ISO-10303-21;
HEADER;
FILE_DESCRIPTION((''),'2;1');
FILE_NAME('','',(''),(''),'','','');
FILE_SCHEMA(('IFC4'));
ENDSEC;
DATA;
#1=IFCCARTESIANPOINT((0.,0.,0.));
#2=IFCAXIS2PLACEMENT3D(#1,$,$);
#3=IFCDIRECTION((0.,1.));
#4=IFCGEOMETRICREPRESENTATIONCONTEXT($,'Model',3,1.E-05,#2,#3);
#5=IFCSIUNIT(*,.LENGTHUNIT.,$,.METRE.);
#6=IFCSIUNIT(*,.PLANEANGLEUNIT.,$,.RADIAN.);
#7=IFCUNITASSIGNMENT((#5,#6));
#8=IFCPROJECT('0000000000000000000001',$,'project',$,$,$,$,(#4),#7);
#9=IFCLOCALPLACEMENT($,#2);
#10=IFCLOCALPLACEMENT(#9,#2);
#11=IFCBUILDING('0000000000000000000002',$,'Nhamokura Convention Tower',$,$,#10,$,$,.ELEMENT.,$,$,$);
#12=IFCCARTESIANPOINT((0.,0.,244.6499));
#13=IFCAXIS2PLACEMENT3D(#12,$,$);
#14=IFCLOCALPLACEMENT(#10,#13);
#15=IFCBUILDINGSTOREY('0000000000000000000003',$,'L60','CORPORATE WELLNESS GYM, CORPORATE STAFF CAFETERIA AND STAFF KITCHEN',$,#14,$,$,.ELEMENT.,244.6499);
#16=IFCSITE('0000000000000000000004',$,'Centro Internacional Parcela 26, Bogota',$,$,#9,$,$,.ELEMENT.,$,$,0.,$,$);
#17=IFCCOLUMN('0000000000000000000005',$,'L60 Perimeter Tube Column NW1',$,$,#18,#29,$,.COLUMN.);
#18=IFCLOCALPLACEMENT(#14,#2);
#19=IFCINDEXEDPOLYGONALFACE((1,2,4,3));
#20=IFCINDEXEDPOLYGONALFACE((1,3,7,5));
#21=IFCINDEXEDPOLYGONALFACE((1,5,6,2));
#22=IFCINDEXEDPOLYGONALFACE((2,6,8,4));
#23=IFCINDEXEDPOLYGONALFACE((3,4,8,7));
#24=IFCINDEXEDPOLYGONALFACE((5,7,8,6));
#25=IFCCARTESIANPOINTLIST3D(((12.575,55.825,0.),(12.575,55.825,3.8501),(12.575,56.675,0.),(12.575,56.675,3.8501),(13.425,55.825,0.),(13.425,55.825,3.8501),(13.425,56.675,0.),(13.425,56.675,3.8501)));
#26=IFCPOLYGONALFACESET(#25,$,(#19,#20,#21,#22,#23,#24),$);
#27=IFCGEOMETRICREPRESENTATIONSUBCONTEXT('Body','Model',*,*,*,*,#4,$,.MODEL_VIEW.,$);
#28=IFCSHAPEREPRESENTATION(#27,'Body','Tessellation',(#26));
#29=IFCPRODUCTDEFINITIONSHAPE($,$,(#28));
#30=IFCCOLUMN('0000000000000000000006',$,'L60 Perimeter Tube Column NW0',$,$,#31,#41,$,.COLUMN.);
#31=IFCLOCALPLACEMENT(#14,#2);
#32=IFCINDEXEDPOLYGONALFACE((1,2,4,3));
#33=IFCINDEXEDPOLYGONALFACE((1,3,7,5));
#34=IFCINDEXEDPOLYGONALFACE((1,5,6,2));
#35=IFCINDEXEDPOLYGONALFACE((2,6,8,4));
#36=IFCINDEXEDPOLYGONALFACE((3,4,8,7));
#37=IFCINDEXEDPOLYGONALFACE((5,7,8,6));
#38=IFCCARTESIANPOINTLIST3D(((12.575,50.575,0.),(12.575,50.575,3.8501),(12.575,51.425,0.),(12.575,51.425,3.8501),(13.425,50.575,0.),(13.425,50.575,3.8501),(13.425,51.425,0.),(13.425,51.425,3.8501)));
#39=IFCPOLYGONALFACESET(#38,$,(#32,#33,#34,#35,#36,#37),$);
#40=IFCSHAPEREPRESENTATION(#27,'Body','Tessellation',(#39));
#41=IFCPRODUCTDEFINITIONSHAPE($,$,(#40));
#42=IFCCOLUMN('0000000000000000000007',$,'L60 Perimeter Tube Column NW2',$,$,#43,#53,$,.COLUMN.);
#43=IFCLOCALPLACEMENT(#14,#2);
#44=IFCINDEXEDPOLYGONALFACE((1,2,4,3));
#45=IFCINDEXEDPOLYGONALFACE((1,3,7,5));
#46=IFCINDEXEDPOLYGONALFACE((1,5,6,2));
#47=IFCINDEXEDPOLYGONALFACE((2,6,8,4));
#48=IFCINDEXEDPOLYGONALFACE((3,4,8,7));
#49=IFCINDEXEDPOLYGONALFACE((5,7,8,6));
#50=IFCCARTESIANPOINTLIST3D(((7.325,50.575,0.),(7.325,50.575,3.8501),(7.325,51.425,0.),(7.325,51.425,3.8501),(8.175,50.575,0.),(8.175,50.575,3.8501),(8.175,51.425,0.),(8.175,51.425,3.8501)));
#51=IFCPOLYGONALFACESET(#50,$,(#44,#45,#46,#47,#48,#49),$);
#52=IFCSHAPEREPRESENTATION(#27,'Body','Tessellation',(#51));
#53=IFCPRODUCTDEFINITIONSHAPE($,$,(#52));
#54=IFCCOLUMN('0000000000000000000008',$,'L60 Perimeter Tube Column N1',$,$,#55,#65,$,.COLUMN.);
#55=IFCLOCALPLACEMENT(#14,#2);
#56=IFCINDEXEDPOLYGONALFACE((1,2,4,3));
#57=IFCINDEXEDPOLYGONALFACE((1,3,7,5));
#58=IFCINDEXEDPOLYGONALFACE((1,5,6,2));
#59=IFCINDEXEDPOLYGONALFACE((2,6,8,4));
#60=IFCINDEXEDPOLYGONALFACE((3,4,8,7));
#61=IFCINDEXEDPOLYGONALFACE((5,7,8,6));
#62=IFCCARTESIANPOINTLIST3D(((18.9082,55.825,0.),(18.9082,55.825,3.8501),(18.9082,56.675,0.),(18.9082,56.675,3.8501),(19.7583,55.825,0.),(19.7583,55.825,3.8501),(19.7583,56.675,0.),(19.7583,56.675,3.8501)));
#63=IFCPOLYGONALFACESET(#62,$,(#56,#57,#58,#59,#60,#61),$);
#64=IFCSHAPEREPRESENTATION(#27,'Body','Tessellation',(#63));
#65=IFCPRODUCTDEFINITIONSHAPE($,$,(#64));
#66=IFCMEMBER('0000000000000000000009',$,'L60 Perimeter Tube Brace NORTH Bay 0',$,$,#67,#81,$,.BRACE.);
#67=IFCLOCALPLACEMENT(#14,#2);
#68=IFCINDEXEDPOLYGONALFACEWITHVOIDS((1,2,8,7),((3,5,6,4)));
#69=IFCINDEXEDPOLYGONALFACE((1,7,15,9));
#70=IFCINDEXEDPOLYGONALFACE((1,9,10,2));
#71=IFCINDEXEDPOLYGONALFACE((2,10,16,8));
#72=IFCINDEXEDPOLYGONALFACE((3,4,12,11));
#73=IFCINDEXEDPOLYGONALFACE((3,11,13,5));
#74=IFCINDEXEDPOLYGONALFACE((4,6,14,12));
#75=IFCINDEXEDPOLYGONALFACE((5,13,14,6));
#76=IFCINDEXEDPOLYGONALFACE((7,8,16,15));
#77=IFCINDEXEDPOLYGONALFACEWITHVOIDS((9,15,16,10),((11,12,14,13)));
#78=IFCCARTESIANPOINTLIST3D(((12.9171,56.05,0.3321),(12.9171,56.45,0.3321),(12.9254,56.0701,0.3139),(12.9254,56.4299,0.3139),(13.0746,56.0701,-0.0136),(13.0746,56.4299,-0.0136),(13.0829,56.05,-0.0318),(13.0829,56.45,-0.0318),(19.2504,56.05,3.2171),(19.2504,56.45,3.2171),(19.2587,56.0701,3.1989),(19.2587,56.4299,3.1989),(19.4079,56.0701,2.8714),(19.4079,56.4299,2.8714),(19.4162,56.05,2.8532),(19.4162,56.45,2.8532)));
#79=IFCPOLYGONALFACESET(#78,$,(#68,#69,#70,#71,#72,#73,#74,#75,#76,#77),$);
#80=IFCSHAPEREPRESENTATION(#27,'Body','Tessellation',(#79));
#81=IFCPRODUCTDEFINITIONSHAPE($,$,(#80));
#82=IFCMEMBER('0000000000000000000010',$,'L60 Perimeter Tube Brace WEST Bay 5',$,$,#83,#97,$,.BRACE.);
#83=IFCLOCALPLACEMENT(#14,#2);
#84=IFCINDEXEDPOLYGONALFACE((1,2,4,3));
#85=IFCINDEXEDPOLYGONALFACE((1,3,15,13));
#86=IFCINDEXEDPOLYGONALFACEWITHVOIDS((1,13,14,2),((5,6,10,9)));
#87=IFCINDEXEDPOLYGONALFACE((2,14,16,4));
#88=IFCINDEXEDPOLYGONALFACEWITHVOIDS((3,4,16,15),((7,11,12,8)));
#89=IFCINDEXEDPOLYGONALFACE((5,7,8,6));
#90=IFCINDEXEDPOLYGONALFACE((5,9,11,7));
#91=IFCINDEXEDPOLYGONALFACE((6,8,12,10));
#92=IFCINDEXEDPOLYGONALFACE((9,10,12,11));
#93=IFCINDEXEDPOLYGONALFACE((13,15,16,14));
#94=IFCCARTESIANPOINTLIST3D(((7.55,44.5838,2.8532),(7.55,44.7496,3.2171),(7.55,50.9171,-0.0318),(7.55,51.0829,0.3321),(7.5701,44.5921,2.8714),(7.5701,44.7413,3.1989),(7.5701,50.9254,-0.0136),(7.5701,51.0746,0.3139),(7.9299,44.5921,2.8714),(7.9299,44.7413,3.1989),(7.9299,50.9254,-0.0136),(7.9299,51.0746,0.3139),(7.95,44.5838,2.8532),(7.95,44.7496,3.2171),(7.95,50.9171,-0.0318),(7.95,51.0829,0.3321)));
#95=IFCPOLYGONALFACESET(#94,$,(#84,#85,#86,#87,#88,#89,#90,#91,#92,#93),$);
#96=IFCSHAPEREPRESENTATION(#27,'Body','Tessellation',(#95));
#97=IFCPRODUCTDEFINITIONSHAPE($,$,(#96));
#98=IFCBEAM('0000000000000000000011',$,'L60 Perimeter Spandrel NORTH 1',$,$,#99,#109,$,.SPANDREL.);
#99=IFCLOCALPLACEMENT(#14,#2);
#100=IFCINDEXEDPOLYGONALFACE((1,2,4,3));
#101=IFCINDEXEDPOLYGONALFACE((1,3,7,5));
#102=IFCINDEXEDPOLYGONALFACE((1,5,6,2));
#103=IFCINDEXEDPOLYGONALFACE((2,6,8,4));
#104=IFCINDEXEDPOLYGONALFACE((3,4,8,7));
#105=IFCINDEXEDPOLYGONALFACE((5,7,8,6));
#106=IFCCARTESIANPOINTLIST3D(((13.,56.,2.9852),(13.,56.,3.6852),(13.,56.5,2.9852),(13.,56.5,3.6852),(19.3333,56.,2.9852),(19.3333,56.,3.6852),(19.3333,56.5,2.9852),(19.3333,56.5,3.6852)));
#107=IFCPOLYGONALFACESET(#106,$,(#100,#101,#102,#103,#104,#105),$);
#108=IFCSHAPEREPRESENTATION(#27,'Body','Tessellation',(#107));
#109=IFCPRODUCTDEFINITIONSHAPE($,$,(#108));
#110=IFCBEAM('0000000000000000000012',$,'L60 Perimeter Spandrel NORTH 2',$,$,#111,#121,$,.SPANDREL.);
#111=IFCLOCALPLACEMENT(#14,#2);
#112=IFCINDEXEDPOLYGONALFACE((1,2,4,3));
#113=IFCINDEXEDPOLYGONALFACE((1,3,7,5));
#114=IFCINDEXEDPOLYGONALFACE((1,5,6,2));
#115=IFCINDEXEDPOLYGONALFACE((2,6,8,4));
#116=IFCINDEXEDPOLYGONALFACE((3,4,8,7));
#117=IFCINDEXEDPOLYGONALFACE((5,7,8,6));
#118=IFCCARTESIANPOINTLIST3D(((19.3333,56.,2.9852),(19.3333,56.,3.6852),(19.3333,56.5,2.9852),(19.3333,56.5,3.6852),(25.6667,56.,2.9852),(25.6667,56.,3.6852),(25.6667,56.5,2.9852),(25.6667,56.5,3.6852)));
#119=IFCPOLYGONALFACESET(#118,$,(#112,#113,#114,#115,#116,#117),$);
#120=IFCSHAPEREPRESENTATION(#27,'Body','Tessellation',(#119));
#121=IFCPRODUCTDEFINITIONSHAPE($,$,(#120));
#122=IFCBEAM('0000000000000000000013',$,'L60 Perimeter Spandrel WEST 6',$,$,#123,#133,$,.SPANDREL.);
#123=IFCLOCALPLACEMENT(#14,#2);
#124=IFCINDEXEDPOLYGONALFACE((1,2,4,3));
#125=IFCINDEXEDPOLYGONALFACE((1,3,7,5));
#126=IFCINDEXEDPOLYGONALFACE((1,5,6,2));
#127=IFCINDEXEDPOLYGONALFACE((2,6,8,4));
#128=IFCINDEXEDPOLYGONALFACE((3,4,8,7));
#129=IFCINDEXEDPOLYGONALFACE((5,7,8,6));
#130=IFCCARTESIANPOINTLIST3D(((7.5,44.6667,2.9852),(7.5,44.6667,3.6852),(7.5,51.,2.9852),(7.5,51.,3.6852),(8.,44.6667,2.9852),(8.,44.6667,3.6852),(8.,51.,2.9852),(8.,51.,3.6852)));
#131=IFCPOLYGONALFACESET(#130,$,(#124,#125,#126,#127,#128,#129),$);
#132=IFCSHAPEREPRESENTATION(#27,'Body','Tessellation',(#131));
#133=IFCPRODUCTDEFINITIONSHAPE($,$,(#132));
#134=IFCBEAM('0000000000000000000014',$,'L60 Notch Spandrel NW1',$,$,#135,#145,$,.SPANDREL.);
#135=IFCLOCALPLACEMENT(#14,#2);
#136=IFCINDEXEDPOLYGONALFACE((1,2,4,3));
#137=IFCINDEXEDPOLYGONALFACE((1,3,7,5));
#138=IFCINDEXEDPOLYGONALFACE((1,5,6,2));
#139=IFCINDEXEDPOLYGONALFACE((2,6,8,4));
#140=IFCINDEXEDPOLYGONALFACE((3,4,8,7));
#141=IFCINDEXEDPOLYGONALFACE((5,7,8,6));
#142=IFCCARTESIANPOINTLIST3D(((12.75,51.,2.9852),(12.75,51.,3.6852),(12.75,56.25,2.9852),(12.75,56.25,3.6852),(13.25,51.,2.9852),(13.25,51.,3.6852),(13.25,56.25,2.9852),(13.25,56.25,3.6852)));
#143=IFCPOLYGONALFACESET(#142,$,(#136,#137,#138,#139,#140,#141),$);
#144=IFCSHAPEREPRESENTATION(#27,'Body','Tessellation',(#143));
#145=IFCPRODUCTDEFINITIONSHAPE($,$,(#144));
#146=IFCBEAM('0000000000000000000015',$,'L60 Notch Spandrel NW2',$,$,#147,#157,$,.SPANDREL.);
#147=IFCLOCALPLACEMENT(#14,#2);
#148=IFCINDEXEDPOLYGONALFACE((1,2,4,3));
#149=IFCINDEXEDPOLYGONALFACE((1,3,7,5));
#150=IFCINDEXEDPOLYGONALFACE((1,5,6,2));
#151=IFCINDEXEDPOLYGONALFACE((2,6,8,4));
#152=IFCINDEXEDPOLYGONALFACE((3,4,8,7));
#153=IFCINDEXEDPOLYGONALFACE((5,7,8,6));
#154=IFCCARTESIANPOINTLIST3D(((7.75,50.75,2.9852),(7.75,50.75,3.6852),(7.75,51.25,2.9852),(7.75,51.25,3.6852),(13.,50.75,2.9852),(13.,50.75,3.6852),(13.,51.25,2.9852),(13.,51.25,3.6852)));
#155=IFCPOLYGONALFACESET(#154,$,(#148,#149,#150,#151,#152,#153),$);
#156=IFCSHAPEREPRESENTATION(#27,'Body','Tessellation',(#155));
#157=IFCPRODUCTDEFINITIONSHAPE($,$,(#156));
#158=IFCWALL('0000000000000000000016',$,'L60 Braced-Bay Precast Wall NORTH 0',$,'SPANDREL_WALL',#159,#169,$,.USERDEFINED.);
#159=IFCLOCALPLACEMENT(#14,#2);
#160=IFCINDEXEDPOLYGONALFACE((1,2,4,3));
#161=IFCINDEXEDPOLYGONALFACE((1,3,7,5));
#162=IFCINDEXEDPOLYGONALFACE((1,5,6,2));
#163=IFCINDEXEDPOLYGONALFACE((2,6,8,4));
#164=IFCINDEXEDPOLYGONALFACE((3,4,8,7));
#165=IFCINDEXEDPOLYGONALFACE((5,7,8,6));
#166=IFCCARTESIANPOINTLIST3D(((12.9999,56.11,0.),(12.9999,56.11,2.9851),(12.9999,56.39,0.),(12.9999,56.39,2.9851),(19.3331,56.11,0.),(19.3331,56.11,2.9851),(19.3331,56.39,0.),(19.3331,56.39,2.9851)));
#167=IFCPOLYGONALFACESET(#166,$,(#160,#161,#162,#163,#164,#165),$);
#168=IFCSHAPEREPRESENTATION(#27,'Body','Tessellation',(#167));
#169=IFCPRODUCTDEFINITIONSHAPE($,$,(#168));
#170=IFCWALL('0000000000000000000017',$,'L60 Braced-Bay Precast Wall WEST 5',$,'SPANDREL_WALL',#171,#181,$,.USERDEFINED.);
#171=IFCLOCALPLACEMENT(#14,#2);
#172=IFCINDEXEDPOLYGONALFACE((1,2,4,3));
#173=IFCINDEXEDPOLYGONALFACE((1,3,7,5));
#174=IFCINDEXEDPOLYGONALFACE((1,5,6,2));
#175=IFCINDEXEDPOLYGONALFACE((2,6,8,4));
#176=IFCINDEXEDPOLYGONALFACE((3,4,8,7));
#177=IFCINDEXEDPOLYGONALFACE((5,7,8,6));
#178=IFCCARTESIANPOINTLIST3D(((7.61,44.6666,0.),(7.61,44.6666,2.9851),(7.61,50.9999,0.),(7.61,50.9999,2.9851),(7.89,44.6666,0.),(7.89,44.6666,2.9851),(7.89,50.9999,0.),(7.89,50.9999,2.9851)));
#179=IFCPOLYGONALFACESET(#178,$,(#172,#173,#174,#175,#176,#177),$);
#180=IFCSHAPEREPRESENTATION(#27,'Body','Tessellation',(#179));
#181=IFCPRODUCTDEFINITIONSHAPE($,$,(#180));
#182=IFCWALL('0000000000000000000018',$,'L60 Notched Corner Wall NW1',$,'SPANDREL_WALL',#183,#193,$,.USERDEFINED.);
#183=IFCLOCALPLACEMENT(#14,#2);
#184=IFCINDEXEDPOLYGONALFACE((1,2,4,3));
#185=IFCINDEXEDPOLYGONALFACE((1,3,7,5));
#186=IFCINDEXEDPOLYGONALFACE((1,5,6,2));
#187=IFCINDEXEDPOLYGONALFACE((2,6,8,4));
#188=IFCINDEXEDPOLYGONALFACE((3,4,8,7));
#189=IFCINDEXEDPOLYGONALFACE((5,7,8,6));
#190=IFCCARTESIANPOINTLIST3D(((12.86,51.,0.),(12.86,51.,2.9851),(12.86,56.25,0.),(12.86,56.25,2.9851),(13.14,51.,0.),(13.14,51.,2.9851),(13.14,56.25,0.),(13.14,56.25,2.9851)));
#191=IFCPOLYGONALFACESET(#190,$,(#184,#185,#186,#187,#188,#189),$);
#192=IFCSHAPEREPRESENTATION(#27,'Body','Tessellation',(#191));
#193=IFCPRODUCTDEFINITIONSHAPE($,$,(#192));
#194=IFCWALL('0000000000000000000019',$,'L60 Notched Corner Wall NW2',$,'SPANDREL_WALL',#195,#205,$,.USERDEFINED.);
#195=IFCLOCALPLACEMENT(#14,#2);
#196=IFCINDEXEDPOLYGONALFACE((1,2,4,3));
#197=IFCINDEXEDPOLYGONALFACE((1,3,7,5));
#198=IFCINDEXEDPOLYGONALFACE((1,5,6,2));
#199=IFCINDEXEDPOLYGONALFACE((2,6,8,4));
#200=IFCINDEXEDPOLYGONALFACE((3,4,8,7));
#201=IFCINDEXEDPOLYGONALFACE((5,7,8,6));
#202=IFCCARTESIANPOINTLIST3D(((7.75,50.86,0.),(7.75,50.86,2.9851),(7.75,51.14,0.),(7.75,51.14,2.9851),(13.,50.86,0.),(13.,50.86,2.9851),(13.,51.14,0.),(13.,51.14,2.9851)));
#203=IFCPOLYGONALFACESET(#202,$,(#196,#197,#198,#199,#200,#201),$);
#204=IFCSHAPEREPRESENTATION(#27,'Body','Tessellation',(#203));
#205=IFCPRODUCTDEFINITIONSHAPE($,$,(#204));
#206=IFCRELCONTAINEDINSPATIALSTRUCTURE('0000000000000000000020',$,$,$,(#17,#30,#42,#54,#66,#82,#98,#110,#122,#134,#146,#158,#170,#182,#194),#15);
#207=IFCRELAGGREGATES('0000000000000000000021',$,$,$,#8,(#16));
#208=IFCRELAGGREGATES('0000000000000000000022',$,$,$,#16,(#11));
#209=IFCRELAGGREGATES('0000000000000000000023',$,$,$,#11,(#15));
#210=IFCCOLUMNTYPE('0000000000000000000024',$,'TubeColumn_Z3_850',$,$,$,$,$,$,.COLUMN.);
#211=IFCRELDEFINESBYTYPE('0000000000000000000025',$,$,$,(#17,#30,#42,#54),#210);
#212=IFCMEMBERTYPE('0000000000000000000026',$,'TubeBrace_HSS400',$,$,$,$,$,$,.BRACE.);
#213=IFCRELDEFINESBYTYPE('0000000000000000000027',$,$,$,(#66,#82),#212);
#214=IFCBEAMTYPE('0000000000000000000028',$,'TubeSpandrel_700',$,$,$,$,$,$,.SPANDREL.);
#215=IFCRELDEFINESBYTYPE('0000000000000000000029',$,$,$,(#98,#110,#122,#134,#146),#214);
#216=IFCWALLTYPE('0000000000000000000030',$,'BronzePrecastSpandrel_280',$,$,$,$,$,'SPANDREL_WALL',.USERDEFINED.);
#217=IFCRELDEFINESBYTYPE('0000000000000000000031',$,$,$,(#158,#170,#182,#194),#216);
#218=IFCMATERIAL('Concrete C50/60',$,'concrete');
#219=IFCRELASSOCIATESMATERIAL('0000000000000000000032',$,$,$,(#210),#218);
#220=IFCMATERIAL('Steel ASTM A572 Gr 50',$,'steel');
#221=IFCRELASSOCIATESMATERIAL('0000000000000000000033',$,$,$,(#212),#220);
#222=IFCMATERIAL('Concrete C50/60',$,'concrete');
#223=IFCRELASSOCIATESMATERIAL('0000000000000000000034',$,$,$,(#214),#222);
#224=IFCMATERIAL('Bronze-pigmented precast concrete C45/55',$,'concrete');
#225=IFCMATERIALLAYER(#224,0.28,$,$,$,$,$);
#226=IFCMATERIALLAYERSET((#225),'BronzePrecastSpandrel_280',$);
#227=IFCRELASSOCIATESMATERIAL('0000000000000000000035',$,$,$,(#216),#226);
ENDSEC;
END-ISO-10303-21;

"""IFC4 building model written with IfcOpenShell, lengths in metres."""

from ifc_helpers import new_model, si_unit, direction, frame, frame_2d, origin, origin_2d, place, context, subcontext, project, spatial, rectangle, hollow_rectangle, extrude, material, layer, layer_set, material_profile, profile_set, type_object, element, save


model = new_model("IFC4")

# Units and contexts
model_context = context("Model", 3, precision=1e-05, world=origin(), true_north=direction((0.0, 1.0)))
body_context = subcontext(model_context, "Body", "Model", "MODEL_VIEW")
ifc_project = project(units=[si_unit("LENGTHUNIT", "METRE"), si_unit("PLANEANGLEUNIT", "RADIAN")], contexts=[model_context])

# Site, building, storey
site_placement = place(None, origin())
site = spatial("IfcSite", under=ifc_project, at=site_placement, Name="Centro Internacional Parcela 26, Bogota", CompositionType="ELEMENT", RefElevation=0.0)
building_placement = place(site_placement, origin())
building = spatial("IfcBuilding", under=site, at=building_placement, Name="Nhamokura Convention Tower", CompositionType="ELEMENT")
storey_placement = place(building_placement, frame((0.0, 0.0, 244.6499)))
storey = spatial("IfcBuildingStorey", under=building, at=storey_placement, Name="L60", Description="CORPORATE WELLNESS GYM, CORPORATE STAFF CAFETERIA AND STAFF KITCHEN", CompositionType="ELEMENT", Elevation=244.6499)

# Columns
ifc_material_1 = material(Name="Concrete C50/60", Category="concrete")
ifc_material_profile_1 = material_profile(ifc_material_1, rectangle(XDim=0.8501, YDim=0.8501, at=origin_2d()))
ifc_profile_set_1 = profile_set([ifc_material_profile_1], Name="Concrete C50/60")
column_type = type_object("IfcColumnType", Name="TubeColumn_Z3_850", PredefinedType="COLUMN", material=ifc_profile_set_1)
for number, where, z_axis, x_axis, name in (
    (1, (13.0, 56.25, 0.0), (0.0, 0.0, 1.0), (1.0, 0.0, 0.0), "L60 Perimeter Tube Column NW1"),
    (2, (13.0, 51.0, 0.0), (0.0, 0.0, 1.0), (1.0, 0.0, 0.0), "L60 Perimeter Tube Column NW0"),
    (3, (7.75, 51.0, 0.0), (0.0, 0.0, 1.0), (1.0, 0.0, 0.0), "L60 Perimeter Tube Column NW2"),
    (4, (19.3333, 56.25, 0.0), (0.0, 0.0, 1.0), (1.0, 0.0, 0.0), "L60 Perimeter Tube Column N1"),
):
    element("IfcColumn", number, at=place(storey_placement, frame(where, z_axis=z_axis, x_axis=x_axis)), inside=storey, type_object=column_type, Name=name, PredefinedType="COLUMN", context=body_context, shape_type="SweptSolid", body=[
        extrude(rectangle(XDim=0.8501, YDim=0.8501, at=origin_2d()), origin(), (0.0, 0.0, 1.0), 3.8501),
    ])

# Members
ifc_material_2 = material(Name="Steel ASTM A572 Gr 50", Category="steel")
ifc_material_profile_2 = material_profile(ifc_material_2, hollow_rectangle(XDim=0.3999, YDim=0.3999, WallThickness=0.02, at=origin_2d()))
ifc_profile_set_2 = profile_set([ifc_material_profile_2], Name="Steel ASTM A572 Gr 50")
member_type = type_object("IfcMemberType", Name="TubeBrace_HSS400", PredefinedType="BRACE", material=ifc_profile_set_2)
for number, where, z_axis, x_axis, name in (
    (5, (13.0, 56.25, 0.1501), (0.910027, 0.0, 0.414548), (0.0, 1.0, 0.0), "L60 Perimeter Tube Brace NORTH Bay 0"),
    (6, (7.75, 51.0, 0.1501), (0.0, -0.910027, 0.414548), (1.0, 0.0, 0.0), "L60 Perimeter Tube Brace WEST Bay 5"),
):
    element("IfcMember", number, at=place(storey_placement, frame(where, z_axis=z_axis, x_axis=x_axis)), inside=storey, type_object=member_type, Name=name, PredefinedType="BRACE", context=body_context, shape_type="SweptSolid", body=[
        extrude(hollow_rectangle(XDim=0.3999, YDim=0.3999, WallThickness=0.02, at=origin_2d()), origin(), (0.0, 0.0, 1.0), 6.9595),
    ])

# Beams
ifc_material_3 = material(Name="Concrete C50/60", Category="concrete")
ifc_material_profile_3 = material_profile(ifc_material_3, rectangle(XDim=0.5, YDim=0.7, at=origin_2d()))
ifc_profile_set_3 = profile_set([ifc_material_profile_3], Name="Concrete C50/60")
beam_type = type_object("IfcBeamType", Name="TubeSpandrel_700", PredefinedType="SPANDREL", material=ifc_profile_set_3)
beam_1_placement = place(storey_placement, frame((13.0, 56.25, 3.3352), z_axis=(1.0, 0.0, 0.0), x_axis=(0.0, 1.0, 0.0)))
element("IfcBeam", 7, at=beam_1_placement, inside=storey, type_object=beam_type, Name="L60 Perimeter Spandrel NORTH 1", PredefinedType="SPANDREL", context=body_context, shape_type="SweptSolid", body=[
    extrude(rectangle(XDim=0.5, YDim=0.7, at=origin_2d()), origin(), (0.0, 0.0, 1.0), 6.3333),
])
beam_2_placement = place(storey_placement, frame((19.3333, 56.25, 3.3352), z_axis=(1.0, 0.0, 0.0), x_axis=(0.0, 1.0, 0.0)))
element("IfcBeam", 8, at=beam_2_placement, inside=storey, type_object=beam_type, Name="L60 Perimeter Spandrel NORTH 2", PredefinedType="SPANDREL", context=body_context, shape_type="SweptSolid", body=[
    extrude(rectangle(XDim=0.5, YDim=0.7, at=origin_2d()), origin(), (0.0, 0.0, 1.0), 6.3335),
])
beam_3_placement = place(storey_placement, frame((7.75, 44.6667, 3.3352), z_axis=(0.0, 1.0, 0.0), x_axis=(-1.0, 0.0, 0.0)))
element("IfcBeam", 9, at=beam_3_placement, inside=storey, type_object=beam_type, Name="L60 Perimeter Spandrel WEST 6", PredefinedType="SPANDREL", context=body_context, shape_type="SweptSolid", body=[
    extrude(rectangle(XDim=0.5, YDim=0.7, at=origin_2d()), origin(), (0.0, 0.0, 1.0), 6.3333),
])
for number, where, z_axis, x_axis, name in (
    (10, (13.0, 56.25, 3.3352), (0.0, -1.0, 0.0), (1.0, 0.0, 0.0), "L60 Notch Spandrel NW1"),
    (11, (13.0, 51.0, 3.3352), (-1.0, 0.0, 0.0), (0.0, -1.0, 0.0), "L60 Notch Spandrel NW2"),
):
    element("IfcBeam", number, at=place(storey_placement, frame(where, z_axis=z_axis, x_axis=x_axis)), inside=storey, type_object=beam_type, Name=name, PredefinedType="SPANDREL", context=body_context, shape_type="SweptSolid", body=[
        extrude(rectangle(XDim=0.5, YDim=0.7, at=origin_2d()), origin(), (0.0, 0.0, 1.0), 5.25),
    ])

# Walls
ifc_material_4 = material(Name="Bronze-pigmented precast concrete C45/55", Category="concrete")
ifc_layer_1 = layer(ifc_material_4, 0.28)
ifc_layer_set_1 = layer_set([ifc_layer_1], Name="BronzePrecastSpandrel_280")
wall_type_1 = type_object("IfcWallType", Name="BronzePrecastSpandrel_280", ElementType="SPANDREL_WALL", PredefinedType="USERDEFINED", material=ifc_layer_set_1)
for number, where, z_axis, x_axis, name in (
    (12, (13.0, 56.25, 0.0), (0.0, 0.0, 1.0), (1.0, 0.0, 0.0), "L60 Braced-Bay Precast Wall NORTH 0"),
    (13, (7.75, 44.6667, 0.0), (0.0, 0.0, 1.0), (0.0, 1.0, 0.0), "L60 Braced-Bay Precast Wall WEST 5"),
):
    element("IfcWall", number, at=place(storey_placement, frame(where, z_axis=z_axis, x_axis=x_axis)), inside=storey, type_object=wall_type_1, Name=name, ObjectType="SPANDREL_WALL", PredefinedType="USERDEFINED", context=body_context, shape_type="SweptSolid", body=[
        extrude(rectangle(XDim=6.3333, YDim=0.28, at=frame_2d((3.1665, 0.0))), origin(), (0.0, 0.0, 1.0), 2.9851),
    ])
for number, where, z_axis, x_axis, name in (
    (14, (13.0, 51.0, 0.0), (0.0, 0.0, 1.0), (0.0, 1.0, 0.0), "L60 Notched Corner Wall NW1"),
    (15, (7.75, 51.0, 0.0), (0.0, 0.0, 1.0), (1.0, 0.0, 0.0), "L60 Notched Corner Wall NW2"),
):
    element("IfcWall", number, at=place(storey_placement, frame(where, z_axis=z_axis, x_axis=x_axis)), inside=storey, type_object=wall_type_1, Name=name, ObjectType="SPANDREL_WALL", PredefinedType="USERDEFINED", context=body_context, shape_type="SweptSolid", body=[
        extrude(rectangle(XDim=5.25, YDim=0.28, at=frame_2d((2.625, 0.0))), origin(), (0.0, 0.0, 1.0), 2.9851),
    ])

save(model, "model.ifc")
